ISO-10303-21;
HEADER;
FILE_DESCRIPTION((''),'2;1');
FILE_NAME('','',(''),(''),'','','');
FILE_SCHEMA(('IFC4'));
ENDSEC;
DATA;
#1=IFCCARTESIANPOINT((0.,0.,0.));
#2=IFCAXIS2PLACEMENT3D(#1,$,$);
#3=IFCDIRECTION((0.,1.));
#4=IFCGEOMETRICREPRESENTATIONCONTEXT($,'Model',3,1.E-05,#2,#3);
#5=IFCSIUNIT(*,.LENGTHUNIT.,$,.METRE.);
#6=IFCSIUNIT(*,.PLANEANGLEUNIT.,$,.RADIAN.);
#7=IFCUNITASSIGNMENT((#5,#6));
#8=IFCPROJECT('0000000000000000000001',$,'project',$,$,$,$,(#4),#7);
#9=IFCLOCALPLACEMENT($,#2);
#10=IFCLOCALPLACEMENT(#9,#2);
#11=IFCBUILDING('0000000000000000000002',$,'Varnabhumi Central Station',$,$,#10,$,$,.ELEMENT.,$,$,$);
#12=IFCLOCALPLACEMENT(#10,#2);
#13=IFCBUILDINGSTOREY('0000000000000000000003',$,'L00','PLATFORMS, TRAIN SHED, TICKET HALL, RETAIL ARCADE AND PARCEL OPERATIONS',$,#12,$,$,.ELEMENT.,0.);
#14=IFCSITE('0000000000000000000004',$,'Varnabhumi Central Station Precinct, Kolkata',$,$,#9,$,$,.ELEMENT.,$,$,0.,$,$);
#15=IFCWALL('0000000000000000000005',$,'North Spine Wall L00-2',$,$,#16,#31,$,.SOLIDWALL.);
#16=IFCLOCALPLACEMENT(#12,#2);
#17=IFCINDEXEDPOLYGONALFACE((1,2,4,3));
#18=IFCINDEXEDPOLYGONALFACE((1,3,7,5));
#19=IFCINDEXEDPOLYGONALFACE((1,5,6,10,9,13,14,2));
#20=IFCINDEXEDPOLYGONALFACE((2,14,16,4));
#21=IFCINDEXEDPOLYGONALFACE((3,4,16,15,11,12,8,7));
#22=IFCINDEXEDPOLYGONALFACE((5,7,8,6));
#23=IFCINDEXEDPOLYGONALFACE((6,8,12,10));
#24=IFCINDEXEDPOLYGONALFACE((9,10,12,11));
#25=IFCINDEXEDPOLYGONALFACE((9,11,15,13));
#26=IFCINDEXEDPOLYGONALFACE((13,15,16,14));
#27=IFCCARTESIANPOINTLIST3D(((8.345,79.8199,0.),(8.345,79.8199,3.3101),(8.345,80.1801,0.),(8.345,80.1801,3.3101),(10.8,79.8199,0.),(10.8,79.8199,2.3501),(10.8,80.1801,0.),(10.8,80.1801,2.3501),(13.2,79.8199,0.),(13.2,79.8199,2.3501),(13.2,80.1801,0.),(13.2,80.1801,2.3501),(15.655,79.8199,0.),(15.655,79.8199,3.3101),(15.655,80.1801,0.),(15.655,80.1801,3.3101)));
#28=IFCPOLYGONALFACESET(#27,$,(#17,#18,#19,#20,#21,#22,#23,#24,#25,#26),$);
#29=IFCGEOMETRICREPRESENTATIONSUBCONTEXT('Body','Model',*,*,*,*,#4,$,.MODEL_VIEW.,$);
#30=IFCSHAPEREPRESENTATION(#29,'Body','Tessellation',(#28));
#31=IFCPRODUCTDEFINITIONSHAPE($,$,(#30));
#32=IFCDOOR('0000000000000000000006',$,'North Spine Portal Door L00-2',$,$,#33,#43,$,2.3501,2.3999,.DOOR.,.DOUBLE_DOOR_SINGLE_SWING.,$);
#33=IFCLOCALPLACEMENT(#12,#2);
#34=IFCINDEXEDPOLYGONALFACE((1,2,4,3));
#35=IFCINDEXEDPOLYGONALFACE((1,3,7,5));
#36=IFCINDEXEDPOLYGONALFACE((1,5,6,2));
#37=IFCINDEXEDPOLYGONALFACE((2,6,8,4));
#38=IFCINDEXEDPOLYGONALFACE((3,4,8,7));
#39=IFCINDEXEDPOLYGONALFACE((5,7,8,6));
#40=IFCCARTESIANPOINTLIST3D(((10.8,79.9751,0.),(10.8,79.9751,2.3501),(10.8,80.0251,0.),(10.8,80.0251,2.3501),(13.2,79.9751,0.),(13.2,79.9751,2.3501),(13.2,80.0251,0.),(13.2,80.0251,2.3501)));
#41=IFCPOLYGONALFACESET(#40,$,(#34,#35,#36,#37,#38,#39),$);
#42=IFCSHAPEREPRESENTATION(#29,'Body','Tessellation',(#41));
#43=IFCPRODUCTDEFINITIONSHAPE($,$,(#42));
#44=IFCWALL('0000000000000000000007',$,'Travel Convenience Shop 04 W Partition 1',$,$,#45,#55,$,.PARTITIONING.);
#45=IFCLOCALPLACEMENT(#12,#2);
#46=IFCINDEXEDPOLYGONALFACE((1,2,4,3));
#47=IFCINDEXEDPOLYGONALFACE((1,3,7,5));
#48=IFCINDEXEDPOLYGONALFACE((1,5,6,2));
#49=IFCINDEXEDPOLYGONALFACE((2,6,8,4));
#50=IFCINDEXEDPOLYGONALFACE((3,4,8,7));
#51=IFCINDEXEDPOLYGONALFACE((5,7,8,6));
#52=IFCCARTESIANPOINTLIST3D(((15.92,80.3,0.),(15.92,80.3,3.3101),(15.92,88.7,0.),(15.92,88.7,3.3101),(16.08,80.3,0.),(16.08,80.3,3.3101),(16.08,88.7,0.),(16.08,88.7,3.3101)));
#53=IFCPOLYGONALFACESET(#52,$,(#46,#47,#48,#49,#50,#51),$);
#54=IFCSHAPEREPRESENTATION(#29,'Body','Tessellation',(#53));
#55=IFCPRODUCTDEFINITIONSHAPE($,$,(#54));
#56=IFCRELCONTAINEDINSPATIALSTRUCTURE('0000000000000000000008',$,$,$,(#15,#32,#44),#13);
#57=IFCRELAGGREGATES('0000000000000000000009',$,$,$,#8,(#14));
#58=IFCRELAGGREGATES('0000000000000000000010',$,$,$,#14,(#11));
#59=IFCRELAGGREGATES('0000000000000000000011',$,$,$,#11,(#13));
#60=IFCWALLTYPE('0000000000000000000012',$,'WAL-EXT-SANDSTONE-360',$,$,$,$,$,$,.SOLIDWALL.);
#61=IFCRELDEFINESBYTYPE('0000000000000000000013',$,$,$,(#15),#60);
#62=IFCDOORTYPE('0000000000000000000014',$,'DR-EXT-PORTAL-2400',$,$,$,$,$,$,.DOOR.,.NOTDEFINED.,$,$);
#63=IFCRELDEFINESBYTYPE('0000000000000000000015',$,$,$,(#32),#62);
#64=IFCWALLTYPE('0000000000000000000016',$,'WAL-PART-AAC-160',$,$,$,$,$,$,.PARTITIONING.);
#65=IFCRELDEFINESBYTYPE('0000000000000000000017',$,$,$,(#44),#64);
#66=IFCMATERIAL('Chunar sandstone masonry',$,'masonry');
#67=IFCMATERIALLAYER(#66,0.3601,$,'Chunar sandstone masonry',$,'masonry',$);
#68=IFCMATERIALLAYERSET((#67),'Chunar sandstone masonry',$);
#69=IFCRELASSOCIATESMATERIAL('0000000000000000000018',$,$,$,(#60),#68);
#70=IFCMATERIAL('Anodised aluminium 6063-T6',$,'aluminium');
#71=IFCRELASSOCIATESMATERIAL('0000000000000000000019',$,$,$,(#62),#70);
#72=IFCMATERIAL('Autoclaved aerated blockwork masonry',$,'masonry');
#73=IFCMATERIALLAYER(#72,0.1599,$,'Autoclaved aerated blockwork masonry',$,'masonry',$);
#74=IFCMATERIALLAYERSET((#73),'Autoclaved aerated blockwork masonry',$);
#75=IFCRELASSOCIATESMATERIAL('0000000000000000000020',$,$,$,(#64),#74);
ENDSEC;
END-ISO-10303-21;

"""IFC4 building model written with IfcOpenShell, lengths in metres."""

from ifc_helpers import new_model, si_unit, direction, frame, frame_2d, origin, place, context, subcontext, project, spatial, rectangle, extrude, material, layer, layer_set, type_object, element, fill, save


model = new_model("IFC4")

# Units and contexts
model_context = context("Model", 3, precision=1e-05, world=origin(), true_north=direction((0.0, 1.0)))
body_context = subcontext(model_context, "Body", "Model", "MODEL_VIEW")
ifc_project = project(units=[si_unit("LENGTHUNIT", "METRE"), si_unit("PLANEANGLEUNIT", "RADIAN")], contexts=[model_context])

# Site, building, storey
site_placement = place(None, origin())
site = spatial("IfcSite", under=ifc_project, at=site_placement, Name="Varnabhumi Central Station Precinct, Kolkata", CompositionType="ELEMENT", RefElevation=0.0)
building_placement = place(site_placement, origin())
building = spatial("IfcBuilding", under=site, at=building_placement, Name="Varnabhumi Central Station", CompositionType="ELEMENT")
storey_placement = place(building_placement, origin())
storey = spatial("IfcBuildingStorey", under=building, at=storey_placement, Name="L00", Description="PLATFORMS, TRAIN SHED, TICKET HALL, RETAIL ARCADE AND PARCEL OPERATIONS", CompositionType="ELEMENT", Elevation=0.0)

# Shared definitions
ifc_material_1 = material(Name="Anodised aluminium 6063-T6", Category="aluminium")

# Wall, opening, door
ifc_material_2 = material(Name="Chunar sandstone masonry", Category="masonry")
ifc_layer_1 = layer(ifc_material_2, 0.3601, Name="Chunar sandstone masonry", Category="masonry")
ifc_layer_set_1 = layer_set([ifc_layer_1], Name="Chunar sandstone masonry")
wall_type_1 = type_object("IfcWallType", Name="WAL-EXT-SANDSTONE-360", PredefinedType="SOLIDWALL", material=ifc_layer_set_1)
wall_1_placement = place(storey_placement, frame((8.345, 80.0, 0.0), z_axis=(0.0, 0.0, 1.0), x_axis=(1.0, 0.0, 0.0)))
wall_1 = element("IfcWall", 1, at=wall_1_placement, inside=storey, type_object=wall_type_1, Name="North Spine Wall L00-2", PredefinedType="SOLIDWALL", context=body_context, shape_type="SweptSolid", body=[
    extrude(rectangle(XDim=7.3101, YDim=0.3601, at=frame_2d((3.655, 0.0))), origin(), (0.0, 0.0, 1.0), 3.3101),
])
opening_placement = place(wall_1_placement, frame((2.4551, 0.0, 0.0)))
opening = element("IfcOpeningElement", 2, at=opening_placement, cuts=wall_1, PredefinedType="OPENING", context=body_context, shape_type="SweptSolid", body=[
    extrude(rectangle(XDim=2.3999, YDim=2.3501, at=frame_2d((1.2, 1.175))), frame((0.0, 0.1899, 0.0), z_axis=(0.0, -1.0, 0.0), x_axis=(1.0, 0.0, 0.0)), (0.0, 0.0, 1.0), 0.3801),
])
door_type = type_object("IfcDoorType", Name="DR-EXT-PORTAL-2400", OperationType="NOTDEFINED", PredefinedType="DOOR", material=ifc_material_1)
door_placement = place(opening_placement, frame((2.3999, 0.0, 0.0), z_axis=(0.0, 0.0, 1.0), x_axis=(-1.0, 0.0, 0.0)))
door = element("IfcDoor", 3, at=door_placement, inside=storey, type_object=door_type, Name="North Spine Portal Door L00-2", OperationType="DOUBLE_DOOR_SINGLE_SWING", OverallHeight=2.3501, OverallWidth=2.3999, PredefinedType="DOOR", context=body_context, shape_type="SweptSolid", body=[
    extrude(rectangle(XDim=2.3999, YDim=2.3501, at=frame_2d((1.2, 1.175))), frame((0.0, 0.0249, 0.0), z_axis=(0.0, -1.0, 0.0), x_axis=(1.0, 0.0, 0.0)), (0.0, 0.0, 1.0), 0.05),
])
fill(opening, door)

# Wall
ifc_material_3 = material(Name="Autoclaved aerated blockwork masonry", Category="masonry")
ifc_layer_2 = layer(ifc_material_3, 0.1599, Name="Autoclaved aerated blockwork masonry", Category="masonry")
ifc_layer_set_2 = layer_set([ifc_layer_2], Name="Autoclaved aerated blockwork masonry")
wall_type_2 = type_object("IfcWallType", Name="WAL-PART-AAC-160", PredefinedType="PARTITIONING", material=ifc_layer_set_2)
wall_2_placement = place(storey_placement, frame((16.0, 80.3, 0.0), z_axis=(0.0, 0.0, 1.0), x_axis=(0.0, 1.0, 0.0)))
element("IfcWall", 4, at=wall_2_placement, inside=storey, type_object=wall_type_2, Name="Travel Convenience Shop 04 W Partition 1", PredefinedType="PARTITIONING", context=body_context, shape_type="SweptSolid", body=[
    extrude(rectangle(XDim=8.3999, YDim=0.1599, at=frame_2d((4.2, 0.0))), origin(), (0.0, 0.0, 1.0), 3.3101),
])

save(model, "model.ifc")
